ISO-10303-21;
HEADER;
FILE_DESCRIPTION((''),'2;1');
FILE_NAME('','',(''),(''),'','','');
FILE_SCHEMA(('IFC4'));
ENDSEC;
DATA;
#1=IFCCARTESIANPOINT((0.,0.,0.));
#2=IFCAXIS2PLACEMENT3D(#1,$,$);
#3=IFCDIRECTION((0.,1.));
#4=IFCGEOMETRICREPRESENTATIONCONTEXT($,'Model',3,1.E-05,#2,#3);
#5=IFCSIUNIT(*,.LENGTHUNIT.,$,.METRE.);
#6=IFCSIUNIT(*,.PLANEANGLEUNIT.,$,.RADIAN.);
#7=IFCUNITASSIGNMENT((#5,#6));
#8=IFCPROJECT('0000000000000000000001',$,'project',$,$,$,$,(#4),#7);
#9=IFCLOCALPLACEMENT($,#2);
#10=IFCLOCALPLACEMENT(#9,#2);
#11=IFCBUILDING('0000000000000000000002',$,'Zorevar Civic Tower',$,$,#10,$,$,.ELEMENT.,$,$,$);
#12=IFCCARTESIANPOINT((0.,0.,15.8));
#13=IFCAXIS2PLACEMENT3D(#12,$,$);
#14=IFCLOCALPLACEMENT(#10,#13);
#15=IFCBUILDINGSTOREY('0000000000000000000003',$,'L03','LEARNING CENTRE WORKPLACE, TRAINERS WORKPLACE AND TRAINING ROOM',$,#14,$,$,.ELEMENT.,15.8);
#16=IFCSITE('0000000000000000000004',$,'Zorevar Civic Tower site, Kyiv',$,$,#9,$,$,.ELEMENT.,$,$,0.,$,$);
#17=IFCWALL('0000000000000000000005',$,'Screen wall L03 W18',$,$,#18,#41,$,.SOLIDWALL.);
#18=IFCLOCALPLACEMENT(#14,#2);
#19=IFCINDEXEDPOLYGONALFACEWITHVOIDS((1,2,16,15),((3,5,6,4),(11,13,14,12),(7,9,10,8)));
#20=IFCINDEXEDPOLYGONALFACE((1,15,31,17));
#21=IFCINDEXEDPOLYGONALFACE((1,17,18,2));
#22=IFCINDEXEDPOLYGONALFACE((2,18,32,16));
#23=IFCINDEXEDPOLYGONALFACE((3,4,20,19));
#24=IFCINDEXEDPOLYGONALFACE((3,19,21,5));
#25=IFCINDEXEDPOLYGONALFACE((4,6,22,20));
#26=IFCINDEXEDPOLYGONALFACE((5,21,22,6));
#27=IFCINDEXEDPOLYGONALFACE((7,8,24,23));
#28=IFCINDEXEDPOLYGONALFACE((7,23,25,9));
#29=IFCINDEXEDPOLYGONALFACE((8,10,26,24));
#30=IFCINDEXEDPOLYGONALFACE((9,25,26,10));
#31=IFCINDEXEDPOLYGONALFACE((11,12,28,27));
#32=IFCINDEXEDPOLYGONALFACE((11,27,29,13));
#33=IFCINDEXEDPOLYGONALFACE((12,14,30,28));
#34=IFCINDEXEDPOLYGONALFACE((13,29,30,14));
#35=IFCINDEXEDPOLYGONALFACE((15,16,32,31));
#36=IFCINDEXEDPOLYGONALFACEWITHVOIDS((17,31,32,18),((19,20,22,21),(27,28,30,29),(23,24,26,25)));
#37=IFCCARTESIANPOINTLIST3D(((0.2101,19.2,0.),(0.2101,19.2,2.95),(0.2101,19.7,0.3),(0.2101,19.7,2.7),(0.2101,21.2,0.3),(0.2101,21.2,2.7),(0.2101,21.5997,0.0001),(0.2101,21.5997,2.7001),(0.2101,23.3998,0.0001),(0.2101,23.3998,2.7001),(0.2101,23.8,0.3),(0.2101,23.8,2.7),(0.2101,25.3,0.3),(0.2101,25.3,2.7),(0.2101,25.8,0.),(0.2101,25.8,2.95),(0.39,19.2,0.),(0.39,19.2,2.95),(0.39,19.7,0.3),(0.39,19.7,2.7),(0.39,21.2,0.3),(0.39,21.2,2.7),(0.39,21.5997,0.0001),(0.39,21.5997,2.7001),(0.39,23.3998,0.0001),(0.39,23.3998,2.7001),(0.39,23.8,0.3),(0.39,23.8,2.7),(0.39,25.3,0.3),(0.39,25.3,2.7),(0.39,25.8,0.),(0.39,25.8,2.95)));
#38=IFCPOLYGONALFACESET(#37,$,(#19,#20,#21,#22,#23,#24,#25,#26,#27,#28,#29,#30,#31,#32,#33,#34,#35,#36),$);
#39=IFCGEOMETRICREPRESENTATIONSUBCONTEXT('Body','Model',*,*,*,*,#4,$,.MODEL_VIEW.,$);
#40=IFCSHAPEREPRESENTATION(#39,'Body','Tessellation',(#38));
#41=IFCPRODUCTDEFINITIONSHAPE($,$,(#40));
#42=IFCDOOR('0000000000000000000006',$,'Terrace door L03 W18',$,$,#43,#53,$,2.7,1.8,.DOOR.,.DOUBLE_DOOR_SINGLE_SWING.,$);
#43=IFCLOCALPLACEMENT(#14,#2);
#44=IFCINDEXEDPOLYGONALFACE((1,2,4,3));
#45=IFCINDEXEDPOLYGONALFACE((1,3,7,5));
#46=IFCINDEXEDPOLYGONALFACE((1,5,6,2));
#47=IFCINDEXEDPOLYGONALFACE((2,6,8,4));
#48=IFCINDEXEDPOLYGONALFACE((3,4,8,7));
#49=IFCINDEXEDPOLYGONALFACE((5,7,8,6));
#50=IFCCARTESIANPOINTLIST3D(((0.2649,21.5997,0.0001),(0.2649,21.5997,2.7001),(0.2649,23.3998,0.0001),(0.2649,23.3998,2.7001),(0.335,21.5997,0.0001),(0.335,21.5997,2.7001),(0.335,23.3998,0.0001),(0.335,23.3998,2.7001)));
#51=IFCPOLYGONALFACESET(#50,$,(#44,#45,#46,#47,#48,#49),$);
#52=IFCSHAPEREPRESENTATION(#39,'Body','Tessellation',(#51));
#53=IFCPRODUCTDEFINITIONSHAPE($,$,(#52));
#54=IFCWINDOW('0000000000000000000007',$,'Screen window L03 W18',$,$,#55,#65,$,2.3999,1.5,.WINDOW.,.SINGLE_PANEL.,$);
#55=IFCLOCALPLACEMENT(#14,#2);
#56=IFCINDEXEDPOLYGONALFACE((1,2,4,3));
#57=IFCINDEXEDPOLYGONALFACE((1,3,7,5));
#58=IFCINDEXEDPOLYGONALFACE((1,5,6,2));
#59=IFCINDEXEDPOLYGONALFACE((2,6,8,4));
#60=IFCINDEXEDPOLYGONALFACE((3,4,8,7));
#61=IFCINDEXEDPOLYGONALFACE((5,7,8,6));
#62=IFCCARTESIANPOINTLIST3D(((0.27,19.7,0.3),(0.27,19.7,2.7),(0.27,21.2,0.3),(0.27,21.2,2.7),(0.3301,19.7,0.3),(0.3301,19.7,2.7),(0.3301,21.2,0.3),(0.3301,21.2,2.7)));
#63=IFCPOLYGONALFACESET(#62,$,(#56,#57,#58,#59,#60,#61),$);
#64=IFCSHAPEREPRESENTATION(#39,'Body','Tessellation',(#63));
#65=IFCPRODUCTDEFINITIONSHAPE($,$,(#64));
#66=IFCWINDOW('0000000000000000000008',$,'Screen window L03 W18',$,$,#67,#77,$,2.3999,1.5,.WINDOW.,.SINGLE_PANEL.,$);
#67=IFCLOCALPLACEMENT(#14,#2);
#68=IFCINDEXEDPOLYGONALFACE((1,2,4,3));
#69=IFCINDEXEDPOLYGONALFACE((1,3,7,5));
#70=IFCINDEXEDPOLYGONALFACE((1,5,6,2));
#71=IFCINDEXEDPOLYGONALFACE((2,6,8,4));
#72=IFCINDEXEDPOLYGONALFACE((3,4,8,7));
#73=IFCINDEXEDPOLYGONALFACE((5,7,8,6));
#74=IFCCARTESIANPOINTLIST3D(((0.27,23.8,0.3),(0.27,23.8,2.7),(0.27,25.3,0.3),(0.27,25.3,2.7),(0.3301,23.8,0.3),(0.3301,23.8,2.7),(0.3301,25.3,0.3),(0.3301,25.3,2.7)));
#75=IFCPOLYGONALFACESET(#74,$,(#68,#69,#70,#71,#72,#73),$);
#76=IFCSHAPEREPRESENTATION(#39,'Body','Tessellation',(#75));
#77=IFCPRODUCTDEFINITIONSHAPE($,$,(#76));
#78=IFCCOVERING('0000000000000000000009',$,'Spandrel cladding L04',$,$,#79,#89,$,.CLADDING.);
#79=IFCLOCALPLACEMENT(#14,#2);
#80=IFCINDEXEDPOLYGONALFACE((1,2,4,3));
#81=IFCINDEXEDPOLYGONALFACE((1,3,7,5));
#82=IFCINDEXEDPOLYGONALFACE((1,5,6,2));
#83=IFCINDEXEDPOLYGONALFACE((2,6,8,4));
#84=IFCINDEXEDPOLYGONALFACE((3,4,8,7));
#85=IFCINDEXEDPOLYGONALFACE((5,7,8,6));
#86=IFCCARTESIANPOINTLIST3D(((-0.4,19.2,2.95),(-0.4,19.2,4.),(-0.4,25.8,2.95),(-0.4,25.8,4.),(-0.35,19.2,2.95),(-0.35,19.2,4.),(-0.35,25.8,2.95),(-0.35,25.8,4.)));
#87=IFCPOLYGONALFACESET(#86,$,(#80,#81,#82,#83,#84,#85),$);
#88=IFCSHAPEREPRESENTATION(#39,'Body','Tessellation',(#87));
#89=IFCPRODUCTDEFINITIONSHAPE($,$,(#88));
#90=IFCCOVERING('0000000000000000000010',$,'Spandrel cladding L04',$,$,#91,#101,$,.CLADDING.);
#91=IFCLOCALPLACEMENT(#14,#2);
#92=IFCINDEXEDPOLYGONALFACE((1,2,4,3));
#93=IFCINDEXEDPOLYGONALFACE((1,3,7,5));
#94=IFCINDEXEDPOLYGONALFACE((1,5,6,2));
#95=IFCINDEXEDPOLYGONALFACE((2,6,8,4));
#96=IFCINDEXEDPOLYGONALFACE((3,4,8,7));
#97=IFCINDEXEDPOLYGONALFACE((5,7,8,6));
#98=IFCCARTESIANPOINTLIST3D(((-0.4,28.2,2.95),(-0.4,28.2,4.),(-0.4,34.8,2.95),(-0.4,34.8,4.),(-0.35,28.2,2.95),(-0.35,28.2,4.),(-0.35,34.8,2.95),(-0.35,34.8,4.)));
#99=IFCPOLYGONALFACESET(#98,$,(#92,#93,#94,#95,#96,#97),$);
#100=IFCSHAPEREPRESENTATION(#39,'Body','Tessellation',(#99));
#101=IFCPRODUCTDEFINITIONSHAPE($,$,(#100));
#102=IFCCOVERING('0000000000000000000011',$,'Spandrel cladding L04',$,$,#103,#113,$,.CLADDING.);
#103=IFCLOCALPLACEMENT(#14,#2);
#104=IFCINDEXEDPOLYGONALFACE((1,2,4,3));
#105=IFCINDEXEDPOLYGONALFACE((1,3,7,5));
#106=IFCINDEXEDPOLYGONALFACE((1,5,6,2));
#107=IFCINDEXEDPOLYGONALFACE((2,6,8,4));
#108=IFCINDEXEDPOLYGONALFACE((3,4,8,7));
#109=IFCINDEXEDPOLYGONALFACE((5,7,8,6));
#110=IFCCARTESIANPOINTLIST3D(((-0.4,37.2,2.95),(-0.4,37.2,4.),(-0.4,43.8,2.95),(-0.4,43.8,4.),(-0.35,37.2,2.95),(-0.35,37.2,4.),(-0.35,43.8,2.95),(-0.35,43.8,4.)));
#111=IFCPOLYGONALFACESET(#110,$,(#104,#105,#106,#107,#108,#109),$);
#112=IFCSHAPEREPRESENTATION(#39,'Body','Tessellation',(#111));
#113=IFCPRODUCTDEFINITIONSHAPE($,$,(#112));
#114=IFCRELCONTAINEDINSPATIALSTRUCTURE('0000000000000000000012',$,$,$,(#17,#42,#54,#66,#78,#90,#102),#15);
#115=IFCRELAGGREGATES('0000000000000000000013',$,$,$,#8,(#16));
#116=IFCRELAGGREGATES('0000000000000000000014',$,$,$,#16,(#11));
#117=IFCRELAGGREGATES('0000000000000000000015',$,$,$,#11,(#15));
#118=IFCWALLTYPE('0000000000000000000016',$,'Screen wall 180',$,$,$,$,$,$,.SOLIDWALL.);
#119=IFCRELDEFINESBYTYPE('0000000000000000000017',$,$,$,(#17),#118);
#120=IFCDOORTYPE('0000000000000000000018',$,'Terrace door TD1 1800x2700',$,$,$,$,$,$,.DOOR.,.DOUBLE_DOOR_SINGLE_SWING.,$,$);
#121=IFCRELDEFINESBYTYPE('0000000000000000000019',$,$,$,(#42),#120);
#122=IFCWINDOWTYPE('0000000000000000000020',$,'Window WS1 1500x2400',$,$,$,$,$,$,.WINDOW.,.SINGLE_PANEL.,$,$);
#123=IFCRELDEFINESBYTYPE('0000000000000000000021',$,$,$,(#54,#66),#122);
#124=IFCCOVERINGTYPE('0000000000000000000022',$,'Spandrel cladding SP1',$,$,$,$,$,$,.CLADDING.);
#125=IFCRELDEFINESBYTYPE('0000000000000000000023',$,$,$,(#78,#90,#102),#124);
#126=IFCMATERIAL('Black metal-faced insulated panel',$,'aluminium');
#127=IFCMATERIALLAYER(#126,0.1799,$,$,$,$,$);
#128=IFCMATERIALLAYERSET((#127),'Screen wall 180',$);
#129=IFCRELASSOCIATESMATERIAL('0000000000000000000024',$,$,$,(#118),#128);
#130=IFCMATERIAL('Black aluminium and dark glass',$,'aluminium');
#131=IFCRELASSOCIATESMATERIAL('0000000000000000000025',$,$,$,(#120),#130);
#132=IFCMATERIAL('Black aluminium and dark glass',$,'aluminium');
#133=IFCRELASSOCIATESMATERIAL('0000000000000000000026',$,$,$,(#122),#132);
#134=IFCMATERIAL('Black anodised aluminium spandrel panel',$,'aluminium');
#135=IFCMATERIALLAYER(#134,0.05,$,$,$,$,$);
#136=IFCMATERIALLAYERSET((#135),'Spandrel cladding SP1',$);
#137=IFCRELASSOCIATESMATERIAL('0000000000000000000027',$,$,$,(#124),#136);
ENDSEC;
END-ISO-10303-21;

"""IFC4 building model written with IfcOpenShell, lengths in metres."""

from ifc_helpers import new_model, si_unit, direction, frame, frame_2d, origin, place, context, subcontext, project, spatial, rectangle, extrude, material, layer, layer_set, type_object, element, fill, save


model = new_model("IFC4")

# Units and contexts
model_context = context("Model", 3, precision=1e-05, world=origin(), true_north=direction((0.0, 1.0)))
body_context = subcontext(model_context, "Body", "Model", "MODEL_VIEW")
ifc_project = project(units=[si_unit("LENGTHUNIT", "METRE"), si_unit("PLANEANGLEUNIT", "RADIAN")], contexts=[model_context])

# Site, building, storey
site_placement = place(None, origin())
site = spatial("IfcSite", under=ifc_project, at=site_placement, Name="Zorevar Civic Tower site, Kyiv", CompositionType="ELEMENT", RefElevation=0.0)
building_placement = place(site_placement, origin())
building = spatial("IfcBuilding", under=site, at=building_placement, Name="Zorevar Civic Tower", CompositionType="ELEMENT")
storey_placement = place(building_placement, frame((0.0, 0.0, 15.8)))
storey = spatial("IfcBuildingStorey", under=building, at=storey_placement, Name="L03", Description="LEARNING CENTRE WORKPLACE, TRAINERS WORKPLACE AND TRAINING ROOM", CompositionType="ELEMENT", Elevation=15.8)

# Wall, openings, door, windows
ifc_material_1 = material(Name="Black metal-faced insulated panel", Category="aluminium")
ifc_layer_1 = layer(ifc_material_1, 0.1799)
ifc_layer_set_1 = layer_set([ifc_layer_1], Name="Screen wall 180")
wall_type_1 = type_object("IfcWallType", Name="Screen wall 180", PredefinedType="SOLIDWALL", material=ifc_layer_set_1)
wall_1_placement = place(storey_placement, frame((0.3, 19.2, 0.0), z_axis=(0.0, 0.0, 1.0), x_axis=(0.0, 1.0, 0.0)))
wall_1 = element("IfcWall", 1, at=wall_1_placement, inside=storey, type_object=wall_type_1, Name="Screen wall L03 W18", PredefinedType="SOLIDWALL", context=body_context, shape_type="SweptSolid", body=[
    extrude(rectangle(XDim=6.6001, YDim=0.1799, at=frame_2d((3.3, 0.0))), origin(), (0.0, 0.0, 1.0), 2.95),
])
opening_1_placement = place(wall_1_placement, frame((2.3999, 0.0, 0.0)))
opening_1 = element("IfcOpeningElement", 2, at=opening_1_placement, cuts=wall_1, PredefinedType="OPENING", context=body_context, shape_type="SweptSolid", body=[
    extrude(rectangle(XDim=1.8, YDim=2.7, at=frame_2d((0.8999, 1.3501))), frame((0.0, 0.0999, 0.0), z_axis=(0.0, -1.0, 0.0), x_axis=(1.0, 0.0, 0.0)), (0.0, 0.0, 1.0), 0.2),
])
opening_2_placement = place(wall_1_placement, frame((0.5, 0.0, 0.3)))
opening_2 = element("IfcOpeningElement", 3, at=opening_2_placement, cuts=wall_1, PredefinedType="OPENING", context=body_context, shape_type="SweptSolid", body=[
    extrude(rectangle(XDim=1.5, YDim=2.3999, at=frame_2d((0.75, 1.2))), frame((0.0, 0.0999, 0.0), z_axis=(0.0, -1.0, 0.0), x_axis=(1.0, 0.0, 0.0)), (0.0, 0.0, 1.0), 0.2),
])
opening_3_placement = place(wall_1_placement, frame((4.6001, 0.0, 0.3)))
opening_3 = element("IfcOpeningElement", 4, at=opening_3_placement, cuts=wall_1, PredefinedType="OPENING", context=body_context, shape_type="SweptSolid", body=[
    extrude(rectangle(XDim=1.5, YDim=2.3999, at=frame_2d((0.75, 1.2))), frame((0.0, 0.0999, 0.0), z_axis=(0.0, -1.0, 0.0), x_axis=(1.0, 0.0, 0.0)), (0.0, 0.0, 1.0), 0.2),
])
ifc_material_2 = material(Name="Black aluminium and dark glass", Category="aluminium")
door_type_1 = type_object("IfcDoorType", Name="Terrace door TD1 1800x2700", OperationType="DOUBLE_DOOR_SINGLE_SWING", PredefinedType="DOOR", material=ifc_material_2)
door_1_placement = place(opening_1_placement, origin())
door_1 = element("IfcDoor", 5, at=door_1_placement, inside=storey, type_object=door_type_1, Name="Terrace door L03 W18", OperationType="DOUBLE_DOOR_SINGLE_SWING", OverallHeight=2.7, OverallWidth=1.8, PredefinedType="DOOR", context=body_context, shape_type="SweptSolid", body=[
    extrude(rectangle(XDim=1.8, YDim=2.7, at=frame_2d((0.8999, 1.3501))), frame((0.0, 0.0352, 0.0), z_axis=(0.0, -1.0, 0.0), x_axis=(1.0, 0.0, 0.0)), (0.0, 0.0, 1.0), 0.0701),
])
fill(opening_1, door_1)
ifc_material_3 = material(Name="Black aluminium and dark glass", Category="aluminium")
window_type = type_object("IfcWindowType", Name="Window WS1 1500x2400", PartitioningType="SINGLE_PANEL", PredefinedType="WINDOW", material=ifc_material_3)
window_1_placement = place(opening_2_placement, origin())
window_1 = element("IfcWindow", 6, at=window_1_placement, inside=storey, type_object=window_type, Name="Screen window L03 W18", OverallHeight=2.3999, OverallWidth=1.5, PartitioningType="SINGLE_PANEL", PredefinedType="WINDOW", context=body_context, shape_type="SweptSolid", body=[
    extrude(rectangle(XDim=1.5, YDim=2.3999, at=frame_2d((0.75, 1.2))), frame((0.0, 0.03, 0.0), z_axis=(0.0, -1.0, 0.0), x_axis=(1.0, 0.0, 0.0)), (0.0, 0.0, 1.0), 0.0601),
])
fill(opening_2, window_1)
window_2_placement = place(opening_3_placement, origin())
window_2 = element("IfcWindow", 7, at=window_2_placement, inside=storey, type_object=window_type, Name="Screen window L03 W18", OverallHeight=2.3999, OverallWidth=1.5, PartitioningType="SINGLE_PANEL", PredefinedType="WINDOW", context=body_context, shape_type="SweptSolid", body=[
    extrude(rectangle(XDim=1.5, YDim=2.3999, at=frame_2d((0.75, 1.2))), frame((0.0, 0.03, 0.0), z_axis=(0.0, -1.0, 0.0), x_axis=(1.0, 0.0, 0.0)), (0.0, 0.0, 1.0), 0.0601),
])
fill(opening_3, window_2)

# Coverings
ifc_material_4 = material(Name="Black anodised aluminium spandrel panel", Category="aluminium")
ifc_layer_2 = layer(ifc_material_4, 0.05)
ifc_layer_set_2 = layer_set([ifc_layer_2], Name="Spandrel cladding SP1")
covering_type = type_object("IfcCoveringType", Name="Spandrel cladding SP1", PredefinedType="CLADDING", material=ifc_layer_set_2)
for number, where, z_axis, x_axis, name in (
    (8, (-0.375, 19.2, 2.95), (0.0, 0.0, 1.0), (0.0, 1.0, 0.0), "Spandrel cladding L04"),
    (9, (-0.375, 28.2, 2.95), (0.0, 0.0, 1.0), (0.0, 1.0, 0.0), "Spandrel cladding L04"),
    (10, (-0.375, 37.2, 2.95), (0.0, 0.0, 1.0), (0.0, 1.0, 0.0), "Spandrel cladding L04"),
):
    element("IfcCovering", number, at=place(storey_placement, frame(where, z_axis=z_axis, x_axis=x_axis)), inside=storey, type_object=covering_type, Name=name, PredefinedType="CLADDING", context=body_context, shape_type="SweptSolid", body=[
        extrude(rectangle(XDim=6.6001, YDim=0.05, at=frame_2d((3.3, 0.0))), origin(), (0.0, 0.0, 1.0), 1.05),
    ])

save(model, "model.ifc")
